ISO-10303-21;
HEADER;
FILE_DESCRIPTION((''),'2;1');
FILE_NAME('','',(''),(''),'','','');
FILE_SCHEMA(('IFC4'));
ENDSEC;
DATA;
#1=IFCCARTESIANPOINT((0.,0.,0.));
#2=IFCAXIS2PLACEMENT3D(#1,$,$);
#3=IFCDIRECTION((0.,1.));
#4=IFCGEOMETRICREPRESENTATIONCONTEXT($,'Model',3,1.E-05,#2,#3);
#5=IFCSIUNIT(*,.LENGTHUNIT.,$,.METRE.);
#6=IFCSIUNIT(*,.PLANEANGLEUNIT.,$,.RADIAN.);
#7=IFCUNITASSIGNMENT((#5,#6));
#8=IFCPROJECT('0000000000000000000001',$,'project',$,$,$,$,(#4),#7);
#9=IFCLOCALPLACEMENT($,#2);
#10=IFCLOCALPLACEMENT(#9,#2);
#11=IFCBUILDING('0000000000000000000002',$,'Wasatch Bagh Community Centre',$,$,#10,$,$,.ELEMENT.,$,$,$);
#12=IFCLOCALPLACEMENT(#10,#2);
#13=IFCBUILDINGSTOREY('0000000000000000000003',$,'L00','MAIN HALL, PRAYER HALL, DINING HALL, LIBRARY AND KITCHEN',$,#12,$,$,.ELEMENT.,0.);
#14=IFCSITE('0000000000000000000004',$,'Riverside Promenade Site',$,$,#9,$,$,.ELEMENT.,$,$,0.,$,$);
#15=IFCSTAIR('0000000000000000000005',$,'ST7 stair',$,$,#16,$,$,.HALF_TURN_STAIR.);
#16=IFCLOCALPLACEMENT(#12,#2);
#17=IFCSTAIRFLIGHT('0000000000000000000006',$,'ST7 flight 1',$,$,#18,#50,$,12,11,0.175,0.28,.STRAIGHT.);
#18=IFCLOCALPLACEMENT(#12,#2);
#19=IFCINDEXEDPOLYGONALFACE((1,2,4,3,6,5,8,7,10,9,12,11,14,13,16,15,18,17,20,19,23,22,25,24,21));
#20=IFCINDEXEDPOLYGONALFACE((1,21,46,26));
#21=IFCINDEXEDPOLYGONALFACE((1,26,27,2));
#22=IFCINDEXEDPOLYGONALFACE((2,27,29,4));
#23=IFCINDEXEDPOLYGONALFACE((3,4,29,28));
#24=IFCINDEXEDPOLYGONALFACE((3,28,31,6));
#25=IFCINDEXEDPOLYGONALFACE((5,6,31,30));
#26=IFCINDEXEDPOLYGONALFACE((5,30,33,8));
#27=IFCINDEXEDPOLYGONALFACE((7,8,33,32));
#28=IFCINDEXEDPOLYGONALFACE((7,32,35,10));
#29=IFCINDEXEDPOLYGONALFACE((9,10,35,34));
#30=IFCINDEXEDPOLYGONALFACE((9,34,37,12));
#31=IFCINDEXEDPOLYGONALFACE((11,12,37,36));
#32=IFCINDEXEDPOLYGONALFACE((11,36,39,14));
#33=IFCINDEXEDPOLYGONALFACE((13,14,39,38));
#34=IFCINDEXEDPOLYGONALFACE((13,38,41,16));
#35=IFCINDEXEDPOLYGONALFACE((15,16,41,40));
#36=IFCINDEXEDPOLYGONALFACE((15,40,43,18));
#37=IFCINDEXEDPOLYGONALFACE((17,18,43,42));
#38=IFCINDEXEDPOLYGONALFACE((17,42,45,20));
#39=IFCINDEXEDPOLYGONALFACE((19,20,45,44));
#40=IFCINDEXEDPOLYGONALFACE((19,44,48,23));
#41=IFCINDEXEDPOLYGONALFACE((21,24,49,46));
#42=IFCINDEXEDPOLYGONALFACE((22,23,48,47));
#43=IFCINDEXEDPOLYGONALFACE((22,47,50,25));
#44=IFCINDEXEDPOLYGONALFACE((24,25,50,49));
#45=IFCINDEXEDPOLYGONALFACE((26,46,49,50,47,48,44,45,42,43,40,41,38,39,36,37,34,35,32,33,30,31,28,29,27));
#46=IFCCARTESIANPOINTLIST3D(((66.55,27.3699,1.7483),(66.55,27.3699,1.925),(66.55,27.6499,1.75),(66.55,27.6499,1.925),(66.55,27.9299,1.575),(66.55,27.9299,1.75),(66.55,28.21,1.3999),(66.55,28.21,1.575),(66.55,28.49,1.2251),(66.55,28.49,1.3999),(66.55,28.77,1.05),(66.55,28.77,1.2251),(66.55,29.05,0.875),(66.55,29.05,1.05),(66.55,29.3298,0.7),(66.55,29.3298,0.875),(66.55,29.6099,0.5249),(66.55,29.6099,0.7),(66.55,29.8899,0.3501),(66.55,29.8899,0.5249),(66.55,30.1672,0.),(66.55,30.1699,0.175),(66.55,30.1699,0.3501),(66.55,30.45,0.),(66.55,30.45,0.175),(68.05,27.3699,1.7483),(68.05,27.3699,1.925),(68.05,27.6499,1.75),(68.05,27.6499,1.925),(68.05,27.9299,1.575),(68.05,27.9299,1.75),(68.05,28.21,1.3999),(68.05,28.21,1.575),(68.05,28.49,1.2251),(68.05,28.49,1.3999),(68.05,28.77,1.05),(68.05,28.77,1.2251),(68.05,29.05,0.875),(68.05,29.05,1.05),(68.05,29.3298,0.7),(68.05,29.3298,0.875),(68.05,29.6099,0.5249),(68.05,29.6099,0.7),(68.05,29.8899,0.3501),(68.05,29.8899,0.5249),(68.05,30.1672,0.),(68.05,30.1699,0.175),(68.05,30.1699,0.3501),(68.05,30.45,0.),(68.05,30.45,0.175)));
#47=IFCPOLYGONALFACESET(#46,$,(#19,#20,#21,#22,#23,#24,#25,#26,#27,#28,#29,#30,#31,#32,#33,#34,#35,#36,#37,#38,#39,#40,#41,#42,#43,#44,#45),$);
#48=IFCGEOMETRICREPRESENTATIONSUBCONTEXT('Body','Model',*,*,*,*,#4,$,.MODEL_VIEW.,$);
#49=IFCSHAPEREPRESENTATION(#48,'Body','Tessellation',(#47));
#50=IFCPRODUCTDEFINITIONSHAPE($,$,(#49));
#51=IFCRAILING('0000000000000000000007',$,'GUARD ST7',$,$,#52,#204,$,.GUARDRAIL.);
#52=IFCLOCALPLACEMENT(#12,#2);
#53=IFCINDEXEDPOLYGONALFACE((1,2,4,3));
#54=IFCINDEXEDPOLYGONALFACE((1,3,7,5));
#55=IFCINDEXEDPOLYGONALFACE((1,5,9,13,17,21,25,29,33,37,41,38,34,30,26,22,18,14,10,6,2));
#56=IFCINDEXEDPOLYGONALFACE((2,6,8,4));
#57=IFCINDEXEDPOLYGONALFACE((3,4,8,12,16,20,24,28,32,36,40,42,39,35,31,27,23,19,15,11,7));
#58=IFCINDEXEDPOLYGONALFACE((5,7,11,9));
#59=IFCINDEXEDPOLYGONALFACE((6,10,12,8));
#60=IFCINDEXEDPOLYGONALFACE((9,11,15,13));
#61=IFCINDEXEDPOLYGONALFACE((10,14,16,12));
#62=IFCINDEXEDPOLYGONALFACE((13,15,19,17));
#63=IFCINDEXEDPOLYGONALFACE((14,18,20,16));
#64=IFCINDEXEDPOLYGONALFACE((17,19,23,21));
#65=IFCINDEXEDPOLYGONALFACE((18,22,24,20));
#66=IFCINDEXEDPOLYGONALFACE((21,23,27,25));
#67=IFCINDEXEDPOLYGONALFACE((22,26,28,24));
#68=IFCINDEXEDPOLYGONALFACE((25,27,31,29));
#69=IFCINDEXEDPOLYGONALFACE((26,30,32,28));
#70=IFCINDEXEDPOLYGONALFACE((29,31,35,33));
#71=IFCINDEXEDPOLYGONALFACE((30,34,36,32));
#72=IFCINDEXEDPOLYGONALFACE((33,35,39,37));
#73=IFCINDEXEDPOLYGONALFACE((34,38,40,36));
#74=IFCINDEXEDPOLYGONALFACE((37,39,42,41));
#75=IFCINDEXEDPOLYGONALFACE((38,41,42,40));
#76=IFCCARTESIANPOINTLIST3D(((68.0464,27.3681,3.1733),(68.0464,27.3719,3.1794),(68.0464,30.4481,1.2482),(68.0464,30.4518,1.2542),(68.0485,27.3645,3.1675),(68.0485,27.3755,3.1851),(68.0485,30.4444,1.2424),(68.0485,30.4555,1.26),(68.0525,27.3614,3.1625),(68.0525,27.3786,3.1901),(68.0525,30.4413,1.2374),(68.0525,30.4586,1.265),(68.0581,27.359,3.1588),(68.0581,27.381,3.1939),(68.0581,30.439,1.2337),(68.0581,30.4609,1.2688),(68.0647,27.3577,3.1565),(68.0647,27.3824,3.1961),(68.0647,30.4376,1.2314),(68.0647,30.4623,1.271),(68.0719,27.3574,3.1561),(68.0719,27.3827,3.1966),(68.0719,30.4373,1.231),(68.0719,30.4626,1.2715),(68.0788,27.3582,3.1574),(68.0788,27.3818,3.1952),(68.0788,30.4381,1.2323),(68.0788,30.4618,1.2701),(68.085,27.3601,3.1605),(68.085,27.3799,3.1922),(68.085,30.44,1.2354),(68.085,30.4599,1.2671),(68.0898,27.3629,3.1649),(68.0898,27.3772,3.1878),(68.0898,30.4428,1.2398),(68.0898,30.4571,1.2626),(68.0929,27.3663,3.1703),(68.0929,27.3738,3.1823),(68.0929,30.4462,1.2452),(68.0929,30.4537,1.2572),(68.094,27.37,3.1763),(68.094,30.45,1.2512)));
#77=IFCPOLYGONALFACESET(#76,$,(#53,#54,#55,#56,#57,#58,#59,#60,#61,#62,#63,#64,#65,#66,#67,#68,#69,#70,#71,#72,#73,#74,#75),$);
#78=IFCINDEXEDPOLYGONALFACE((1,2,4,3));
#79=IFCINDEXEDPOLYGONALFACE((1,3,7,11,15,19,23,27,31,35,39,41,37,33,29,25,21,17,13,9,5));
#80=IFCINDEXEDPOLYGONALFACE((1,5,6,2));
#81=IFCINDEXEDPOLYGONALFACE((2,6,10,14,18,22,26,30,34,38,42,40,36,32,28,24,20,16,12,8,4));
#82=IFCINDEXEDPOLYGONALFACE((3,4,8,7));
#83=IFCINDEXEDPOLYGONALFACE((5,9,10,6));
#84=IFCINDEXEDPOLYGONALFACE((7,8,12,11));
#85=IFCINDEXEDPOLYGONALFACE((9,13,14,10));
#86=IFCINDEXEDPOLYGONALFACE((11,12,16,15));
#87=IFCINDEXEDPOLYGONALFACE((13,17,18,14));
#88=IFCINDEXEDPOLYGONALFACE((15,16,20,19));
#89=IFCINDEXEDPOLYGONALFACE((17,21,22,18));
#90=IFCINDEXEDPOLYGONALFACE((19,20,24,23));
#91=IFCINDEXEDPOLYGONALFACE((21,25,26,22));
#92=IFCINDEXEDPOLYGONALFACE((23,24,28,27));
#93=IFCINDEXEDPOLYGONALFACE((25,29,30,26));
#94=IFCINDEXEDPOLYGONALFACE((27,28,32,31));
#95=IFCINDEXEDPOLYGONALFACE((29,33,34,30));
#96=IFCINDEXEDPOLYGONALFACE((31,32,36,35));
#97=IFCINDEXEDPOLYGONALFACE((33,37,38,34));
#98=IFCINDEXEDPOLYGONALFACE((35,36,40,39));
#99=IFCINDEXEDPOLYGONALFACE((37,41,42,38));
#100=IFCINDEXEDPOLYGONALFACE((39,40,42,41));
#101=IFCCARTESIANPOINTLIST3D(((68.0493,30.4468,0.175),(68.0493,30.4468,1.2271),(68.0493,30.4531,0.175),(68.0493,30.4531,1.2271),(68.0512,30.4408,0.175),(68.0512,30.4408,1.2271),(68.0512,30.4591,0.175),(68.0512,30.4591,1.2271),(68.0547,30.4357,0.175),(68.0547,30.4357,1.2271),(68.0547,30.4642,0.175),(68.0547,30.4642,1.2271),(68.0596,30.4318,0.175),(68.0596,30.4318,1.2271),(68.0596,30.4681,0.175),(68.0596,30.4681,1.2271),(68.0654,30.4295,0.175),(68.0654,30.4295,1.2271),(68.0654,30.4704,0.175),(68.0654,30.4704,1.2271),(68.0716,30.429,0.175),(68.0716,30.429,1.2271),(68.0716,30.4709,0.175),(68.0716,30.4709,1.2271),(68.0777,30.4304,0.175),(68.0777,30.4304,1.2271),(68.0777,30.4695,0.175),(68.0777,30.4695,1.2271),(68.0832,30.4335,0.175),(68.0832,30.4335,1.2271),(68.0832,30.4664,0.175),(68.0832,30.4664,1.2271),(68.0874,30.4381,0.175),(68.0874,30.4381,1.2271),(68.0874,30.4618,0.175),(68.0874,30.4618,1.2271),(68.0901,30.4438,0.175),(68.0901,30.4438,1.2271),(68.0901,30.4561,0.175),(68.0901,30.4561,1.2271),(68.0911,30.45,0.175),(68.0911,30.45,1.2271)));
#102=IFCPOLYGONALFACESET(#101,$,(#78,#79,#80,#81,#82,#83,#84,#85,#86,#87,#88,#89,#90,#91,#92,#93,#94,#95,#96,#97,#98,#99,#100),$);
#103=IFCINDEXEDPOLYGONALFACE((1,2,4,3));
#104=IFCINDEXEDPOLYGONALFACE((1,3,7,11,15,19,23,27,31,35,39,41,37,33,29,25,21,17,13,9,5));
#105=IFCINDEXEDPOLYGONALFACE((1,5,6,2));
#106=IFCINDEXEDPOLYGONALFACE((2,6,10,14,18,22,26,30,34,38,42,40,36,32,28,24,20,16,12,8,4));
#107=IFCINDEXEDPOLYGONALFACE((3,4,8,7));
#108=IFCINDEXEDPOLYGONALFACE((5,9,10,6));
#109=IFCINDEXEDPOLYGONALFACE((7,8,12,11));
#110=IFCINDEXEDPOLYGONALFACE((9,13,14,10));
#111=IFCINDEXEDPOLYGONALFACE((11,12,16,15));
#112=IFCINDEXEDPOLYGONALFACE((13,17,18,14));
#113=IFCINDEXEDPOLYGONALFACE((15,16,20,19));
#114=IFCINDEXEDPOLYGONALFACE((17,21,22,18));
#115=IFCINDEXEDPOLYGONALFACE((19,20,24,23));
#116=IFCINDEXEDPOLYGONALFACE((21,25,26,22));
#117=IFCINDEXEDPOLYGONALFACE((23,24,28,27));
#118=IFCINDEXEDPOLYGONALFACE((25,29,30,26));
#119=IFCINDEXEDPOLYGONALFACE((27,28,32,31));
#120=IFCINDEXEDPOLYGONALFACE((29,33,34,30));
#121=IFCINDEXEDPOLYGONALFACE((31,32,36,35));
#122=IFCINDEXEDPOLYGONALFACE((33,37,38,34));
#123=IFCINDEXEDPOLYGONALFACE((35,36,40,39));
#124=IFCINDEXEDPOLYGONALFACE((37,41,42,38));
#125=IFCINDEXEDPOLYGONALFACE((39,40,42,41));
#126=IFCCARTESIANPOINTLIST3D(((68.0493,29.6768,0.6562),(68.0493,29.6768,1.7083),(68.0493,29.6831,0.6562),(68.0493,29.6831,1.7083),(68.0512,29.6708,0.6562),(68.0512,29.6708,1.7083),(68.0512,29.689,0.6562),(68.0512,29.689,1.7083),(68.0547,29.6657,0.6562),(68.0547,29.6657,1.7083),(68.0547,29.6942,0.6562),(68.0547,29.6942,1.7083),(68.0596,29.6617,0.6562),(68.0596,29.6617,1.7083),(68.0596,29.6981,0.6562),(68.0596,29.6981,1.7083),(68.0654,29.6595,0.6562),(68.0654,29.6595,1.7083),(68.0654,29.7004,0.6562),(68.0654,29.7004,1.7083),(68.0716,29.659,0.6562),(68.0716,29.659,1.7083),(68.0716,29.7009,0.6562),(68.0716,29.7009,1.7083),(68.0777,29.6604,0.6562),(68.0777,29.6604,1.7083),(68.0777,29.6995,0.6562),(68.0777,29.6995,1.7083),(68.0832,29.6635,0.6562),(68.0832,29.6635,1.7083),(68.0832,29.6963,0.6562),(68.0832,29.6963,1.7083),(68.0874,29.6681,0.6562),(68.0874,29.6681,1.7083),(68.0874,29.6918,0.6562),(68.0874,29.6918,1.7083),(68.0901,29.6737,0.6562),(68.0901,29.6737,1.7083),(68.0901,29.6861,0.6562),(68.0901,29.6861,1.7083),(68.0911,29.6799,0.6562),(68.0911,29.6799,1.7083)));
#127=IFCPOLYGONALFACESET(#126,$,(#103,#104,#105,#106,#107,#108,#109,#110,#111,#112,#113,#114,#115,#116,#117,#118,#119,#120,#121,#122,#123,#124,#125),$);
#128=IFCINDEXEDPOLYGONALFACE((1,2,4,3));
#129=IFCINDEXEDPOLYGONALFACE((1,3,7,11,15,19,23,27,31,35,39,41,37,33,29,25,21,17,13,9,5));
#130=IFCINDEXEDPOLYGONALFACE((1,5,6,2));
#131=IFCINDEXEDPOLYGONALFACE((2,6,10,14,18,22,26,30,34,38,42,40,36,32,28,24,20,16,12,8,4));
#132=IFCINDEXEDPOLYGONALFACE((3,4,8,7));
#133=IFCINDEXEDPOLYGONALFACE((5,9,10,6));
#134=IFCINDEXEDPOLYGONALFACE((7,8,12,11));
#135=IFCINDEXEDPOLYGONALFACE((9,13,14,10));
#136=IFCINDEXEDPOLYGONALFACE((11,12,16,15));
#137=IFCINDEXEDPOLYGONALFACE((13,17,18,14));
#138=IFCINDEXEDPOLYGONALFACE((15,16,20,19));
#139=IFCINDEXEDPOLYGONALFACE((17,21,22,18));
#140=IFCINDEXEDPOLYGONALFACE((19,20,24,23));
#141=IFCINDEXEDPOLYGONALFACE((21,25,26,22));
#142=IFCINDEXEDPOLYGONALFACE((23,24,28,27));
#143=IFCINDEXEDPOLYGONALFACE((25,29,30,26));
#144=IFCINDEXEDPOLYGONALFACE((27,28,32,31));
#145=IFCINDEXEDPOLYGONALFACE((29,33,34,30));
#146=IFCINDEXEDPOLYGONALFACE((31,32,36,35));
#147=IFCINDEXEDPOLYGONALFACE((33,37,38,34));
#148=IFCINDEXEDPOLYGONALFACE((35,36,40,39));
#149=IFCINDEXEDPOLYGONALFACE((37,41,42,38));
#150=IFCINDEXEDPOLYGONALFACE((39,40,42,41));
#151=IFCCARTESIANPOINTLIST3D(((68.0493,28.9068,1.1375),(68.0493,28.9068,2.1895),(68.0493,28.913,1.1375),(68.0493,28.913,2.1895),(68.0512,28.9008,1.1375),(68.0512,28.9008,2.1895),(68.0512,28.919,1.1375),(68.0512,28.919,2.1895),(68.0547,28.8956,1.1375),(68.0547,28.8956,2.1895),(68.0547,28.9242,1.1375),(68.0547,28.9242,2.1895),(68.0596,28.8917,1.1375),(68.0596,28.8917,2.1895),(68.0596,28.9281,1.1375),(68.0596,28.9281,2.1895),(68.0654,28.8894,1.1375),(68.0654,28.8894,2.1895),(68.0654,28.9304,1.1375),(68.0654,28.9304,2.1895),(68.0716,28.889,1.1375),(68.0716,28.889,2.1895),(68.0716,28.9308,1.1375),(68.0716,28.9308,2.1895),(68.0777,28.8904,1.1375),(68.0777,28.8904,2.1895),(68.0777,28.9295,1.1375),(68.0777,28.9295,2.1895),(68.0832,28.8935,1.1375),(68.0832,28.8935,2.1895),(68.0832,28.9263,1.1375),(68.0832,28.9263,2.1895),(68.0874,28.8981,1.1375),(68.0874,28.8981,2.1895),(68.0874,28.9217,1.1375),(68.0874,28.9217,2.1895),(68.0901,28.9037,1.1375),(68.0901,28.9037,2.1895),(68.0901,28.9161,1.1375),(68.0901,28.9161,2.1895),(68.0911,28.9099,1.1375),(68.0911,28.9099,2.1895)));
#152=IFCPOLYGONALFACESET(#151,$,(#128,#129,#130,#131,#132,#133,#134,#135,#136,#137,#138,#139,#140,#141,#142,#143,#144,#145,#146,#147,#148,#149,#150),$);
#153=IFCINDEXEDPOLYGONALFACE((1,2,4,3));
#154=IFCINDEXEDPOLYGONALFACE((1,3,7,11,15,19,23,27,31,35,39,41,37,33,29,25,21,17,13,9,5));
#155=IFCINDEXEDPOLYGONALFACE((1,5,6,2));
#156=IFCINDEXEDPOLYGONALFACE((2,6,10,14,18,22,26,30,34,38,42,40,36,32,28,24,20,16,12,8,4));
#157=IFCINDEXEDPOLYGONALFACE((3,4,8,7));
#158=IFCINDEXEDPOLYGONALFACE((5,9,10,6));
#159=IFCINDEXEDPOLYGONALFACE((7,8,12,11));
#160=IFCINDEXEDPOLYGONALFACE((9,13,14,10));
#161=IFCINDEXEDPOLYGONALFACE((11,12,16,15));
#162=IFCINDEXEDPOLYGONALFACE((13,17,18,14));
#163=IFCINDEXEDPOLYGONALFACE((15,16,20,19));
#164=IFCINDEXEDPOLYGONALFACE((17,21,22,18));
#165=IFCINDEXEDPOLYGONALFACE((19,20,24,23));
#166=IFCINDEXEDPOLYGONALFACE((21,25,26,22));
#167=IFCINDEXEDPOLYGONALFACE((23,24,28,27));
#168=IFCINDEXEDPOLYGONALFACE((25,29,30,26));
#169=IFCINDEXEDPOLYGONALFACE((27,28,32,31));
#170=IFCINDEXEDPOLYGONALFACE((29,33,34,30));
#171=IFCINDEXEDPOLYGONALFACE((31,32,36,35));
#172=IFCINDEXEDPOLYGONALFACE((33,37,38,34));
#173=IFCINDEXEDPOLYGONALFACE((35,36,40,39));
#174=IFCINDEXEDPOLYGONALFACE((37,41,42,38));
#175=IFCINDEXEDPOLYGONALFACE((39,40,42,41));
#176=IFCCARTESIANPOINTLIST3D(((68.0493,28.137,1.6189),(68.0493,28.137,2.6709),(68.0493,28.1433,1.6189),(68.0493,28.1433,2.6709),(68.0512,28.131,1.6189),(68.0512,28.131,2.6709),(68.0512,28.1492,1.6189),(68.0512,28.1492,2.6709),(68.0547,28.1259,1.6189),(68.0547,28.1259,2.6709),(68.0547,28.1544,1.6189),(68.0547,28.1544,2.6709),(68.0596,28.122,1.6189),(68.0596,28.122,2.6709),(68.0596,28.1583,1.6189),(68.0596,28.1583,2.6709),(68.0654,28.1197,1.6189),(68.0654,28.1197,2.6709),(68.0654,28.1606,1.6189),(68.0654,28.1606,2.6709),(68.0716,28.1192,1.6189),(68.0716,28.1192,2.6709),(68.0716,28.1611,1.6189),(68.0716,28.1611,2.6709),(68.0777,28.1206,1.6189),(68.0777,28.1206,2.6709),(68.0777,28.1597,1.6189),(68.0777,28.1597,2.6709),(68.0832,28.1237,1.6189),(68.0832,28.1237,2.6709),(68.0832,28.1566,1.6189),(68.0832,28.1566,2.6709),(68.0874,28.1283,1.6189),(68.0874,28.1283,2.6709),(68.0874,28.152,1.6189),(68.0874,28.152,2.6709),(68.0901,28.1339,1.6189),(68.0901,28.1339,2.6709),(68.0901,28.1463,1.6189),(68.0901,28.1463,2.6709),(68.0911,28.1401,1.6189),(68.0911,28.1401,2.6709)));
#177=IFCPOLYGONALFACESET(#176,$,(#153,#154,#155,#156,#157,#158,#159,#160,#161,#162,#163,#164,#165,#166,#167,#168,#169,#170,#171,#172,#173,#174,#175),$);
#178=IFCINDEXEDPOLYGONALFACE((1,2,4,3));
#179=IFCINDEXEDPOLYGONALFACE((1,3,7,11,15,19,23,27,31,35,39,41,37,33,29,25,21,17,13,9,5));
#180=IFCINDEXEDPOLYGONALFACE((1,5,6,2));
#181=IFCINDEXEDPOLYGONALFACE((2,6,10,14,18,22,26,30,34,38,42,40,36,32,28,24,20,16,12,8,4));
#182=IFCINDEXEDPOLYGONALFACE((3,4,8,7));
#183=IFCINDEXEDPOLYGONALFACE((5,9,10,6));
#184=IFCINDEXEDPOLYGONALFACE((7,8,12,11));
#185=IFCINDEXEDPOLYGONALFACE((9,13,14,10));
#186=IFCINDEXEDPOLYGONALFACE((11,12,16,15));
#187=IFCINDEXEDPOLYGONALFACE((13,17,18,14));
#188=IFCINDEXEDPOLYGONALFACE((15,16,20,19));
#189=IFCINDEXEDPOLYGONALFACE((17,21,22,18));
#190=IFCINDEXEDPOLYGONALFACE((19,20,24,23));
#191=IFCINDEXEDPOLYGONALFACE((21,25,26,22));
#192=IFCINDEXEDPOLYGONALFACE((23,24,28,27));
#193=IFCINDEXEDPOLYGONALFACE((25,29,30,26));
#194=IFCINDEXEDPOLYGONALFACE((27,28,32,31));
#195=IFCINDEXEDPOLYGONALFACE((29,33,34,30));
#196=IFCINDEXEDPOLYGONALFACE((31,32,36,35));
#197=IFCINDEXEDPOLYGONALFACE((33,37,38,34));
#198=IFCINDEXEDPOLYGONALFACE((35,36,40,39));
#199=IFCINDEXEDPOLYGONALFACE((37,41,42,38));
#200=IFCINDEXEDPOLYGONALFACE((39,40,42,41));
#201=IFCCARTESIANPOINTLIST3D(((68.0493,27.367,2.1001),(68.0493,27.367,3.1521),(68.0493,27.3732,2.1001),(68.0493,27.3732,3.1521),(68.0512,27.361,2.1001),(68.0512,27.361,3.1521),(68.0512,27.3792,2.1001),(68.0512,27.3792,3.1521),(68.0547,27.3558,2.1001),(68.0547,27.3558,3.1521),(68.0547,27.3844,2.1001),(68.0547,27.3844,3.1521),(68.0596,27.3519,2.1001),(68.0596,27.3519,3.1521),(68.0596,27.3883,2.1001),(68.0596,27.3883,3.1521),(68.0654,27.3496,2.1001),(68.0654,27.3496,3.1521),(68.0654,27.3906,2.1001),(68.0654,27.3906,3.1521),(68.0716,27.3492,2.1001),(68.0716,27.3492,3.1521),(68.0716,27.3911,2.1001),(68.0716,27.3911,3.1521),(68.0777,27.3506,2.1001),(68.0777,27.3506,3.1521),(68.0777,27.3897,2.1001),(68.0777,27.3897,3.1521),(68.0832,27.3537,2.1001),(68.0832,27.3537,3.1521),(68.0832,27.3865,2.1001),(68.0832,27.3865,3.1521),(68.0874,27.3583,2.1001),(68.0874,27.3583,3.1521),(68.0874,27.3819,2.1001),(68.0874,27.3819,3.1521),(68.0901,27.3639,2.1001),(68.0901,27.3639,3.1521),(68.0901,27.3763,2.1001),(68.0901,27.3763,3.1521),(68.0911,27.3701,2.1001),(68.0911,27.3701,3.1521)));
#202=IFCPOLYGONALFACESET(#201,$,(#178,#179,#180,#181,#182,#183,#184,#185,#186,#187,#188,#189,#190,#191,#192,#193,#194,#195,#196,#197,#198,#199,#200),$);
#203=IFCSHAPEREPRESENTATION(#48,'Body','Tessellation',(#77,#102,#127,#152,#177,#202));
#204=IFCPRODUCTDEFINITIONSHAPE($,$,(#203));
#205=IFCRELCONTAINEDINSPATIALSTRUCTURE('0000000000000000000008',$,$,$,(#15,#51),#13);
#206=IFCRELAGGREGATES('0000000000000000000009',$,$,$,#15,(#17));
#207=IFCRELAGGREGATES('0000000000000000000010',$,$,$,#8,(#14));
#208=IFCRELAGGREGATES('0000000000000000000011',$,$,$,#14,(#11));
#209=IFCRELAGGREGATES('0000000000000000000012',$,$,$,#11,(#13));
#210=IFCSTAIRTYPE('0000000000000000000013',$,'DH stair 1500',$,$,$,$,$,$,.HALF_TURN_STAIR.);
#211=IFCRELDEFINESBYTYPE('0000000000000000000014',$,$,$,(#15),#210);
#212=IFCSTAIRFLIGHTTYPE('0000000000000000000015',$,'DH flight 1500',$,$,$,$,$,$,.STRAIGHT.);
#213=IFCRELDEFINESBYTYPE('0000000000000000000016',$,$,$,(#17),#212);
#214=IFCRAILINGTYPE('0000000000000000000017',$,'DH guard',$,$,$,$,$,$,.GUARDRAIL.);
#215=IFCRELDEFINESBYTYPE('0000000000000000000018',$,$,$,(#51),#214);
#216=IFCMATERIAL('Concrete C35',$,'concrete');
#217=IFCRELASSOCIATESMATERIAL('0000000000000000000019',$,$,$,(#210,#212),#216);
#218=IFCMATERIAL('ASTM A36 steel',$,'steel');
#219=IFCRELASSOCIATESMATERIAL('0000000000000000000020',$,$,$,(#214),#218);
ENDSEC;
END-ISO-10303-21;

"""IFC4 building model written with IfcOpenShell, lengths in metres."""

from ifc_helpers import new_model, si_unit, direction, frame, origin, origin_2d, place, context, subcontext, project, spatial, polyline, circle, outline, extrude, material, type_object, element, aggregate, save


model = new_model("IFC4")

# Units and contexts
model_context = context("Model", 3, precision=1e-05, world=origin(), true_north=direction((0.0, 1.0)))
body_context = subcontext(model_context, "Body", "Model", "MODEL_VIEW")
ifc_project = project(units=[si_unit("LENGTHUNIT", "METRE"), si_unit("PLANEANGLEUNIT", "RADIAN")], contexts=[model_context])

# Site, building, storey
site_placement = place(None, origin())
site = spatial("IfcSite", under=ifc_project, at=site_placement, Name="Riverside Promenade Site", CompositionType="ELEMENT", RefElevation=0.0)
building_placement = place(site_placement, origin())
building = spatial("IfcBuilding", under=site, at=building_placement, Name="Wasatch Bagh Community Centre", CompositionType="ELEMENT")
storey_placement = place(building_placement, origin())
storey = spatial("IfcBuildingStorey", under=building, at=storey_placement, Name="L00", Description="MAIN HALL, PRAYER HALL, DINING HALL, LIBRARY AND KITCHEN", CompositionType="ELEMENT", Elevation=0.0)

# Shared definitions
ifc_material_1 = material(Name="Concrete C35", Category="concrete")

# Stair, stair flight
stair_type = type_object("IfcStairType", Name="DH stair 1500", PredefinedType="HALF_TURN_STAIR", material=ifc_material_1)
stair_placement = place(storey_placement, origin())
stair = element("IfcStair", 1, at=stair_placement, inside=storey, type_object=stair_type, Name="ST7 stair", PredefinedType="HALF_TURN_STAIR")
stair_flight_type = type_object("IfcStairFlightType", Name="DH flight 1500", PredefinedType="STRAIGHT", material=ifc_material_1)
stair_flight_placement = place(storey_placement, frame((67.3, 30.45, 0.0), z_axis=(0.0, 0.0, 1.0), x_axis=(0.0, -1.0, 0.0)))
stair_flight = element("IfcStairFlight", 2, at=stair_flight_placement, type_object=stair_flight_type, Name="ST7 flight 1", NumberOfRisers=12, NumberOfTreads=11, PredefinedType="STRAIGHT", RiserHeight=0.175, TreadLength=0.28, context=body_context, shape_type="SweptSolid", body=[
    extrude(outline(polyline([(0.0, 0.0), (0.0, 0.175), (0.28, 0.175), (0.28, 0.3501), (0.5601, 0.3501), (0.5601, 0.5249), (0.8401, 0.5249), (0.8401, 0.7), (1.1201, 0.7), (1.1201, 0.875), (1.3999, 0.875), (1.3999, 1.05), (1.6799, 1.05), (1.6799, 1.2251), (1.96, 1.2251), (1.96, 1.3999), (2.24, 1.3999), (2.24, 1.575), (2.52, 1.575), (2.52, 1.75), (2.8, 1.75), (2.8, 1.925), (3.0801, 1.925), (3.0801, 2.1001), (3.0801, 1.7483), (0.2827, 0.0), (0.0, 0.0)])), frame((0.0, 0.75, 0.0), z_axis=(0.0, -1.0, 0.0), x_axis=(1.0, 0.0, 0.0)), (0.0, 0.0, 1.0), 1.5),
])
aggregate(stair, [stair_flight])

# Railing
ifc_material_2 = material(Name="ASTM A36 steel", Category="steel")
railing_type_1 = type_object("IfcRailingType", Name="DH guard", PredefinedType="GUARDRAIL", material=ifc_material_2)
for number, where, name in (
    (3, (68.0701, 30.45, 0.175), "GUARD ST7"),
):
    element("IfcRailing", number, at=place(storey_placement, frame(where)), inside=storey, type_object=railing_type_1, Name=name, PredefinedType="GUARDRAIL", context=body_context, shape_type="SweptSolid", body=[
        extrude(circle(Radius=0.0239, at=origin_2d()), frame((0.0, 0.0, 1.0762), z_axis=(0.0, -0.847979, 0.530029), x_axis=(1.0, 0.0, 0.0)), (0.0, 0.0, 1.0), 3.6321),
        extrude(circle(Radius=0.021, at=origin_2d()), origin(), (0.0, 0.0, 1.0), 1.052),
        extrude(circle(Radius=0.021, at=origin_2d()), frame((0.0, -0.77, 0.4812)), (0.0, 0.0, 1.0), 1.052),
        extrude(circle(Radius=0.021, at=origin_2d()), frame((0.0, -1.54, 0.9624)), (0.0, 0.0, 1.0), 1.052),
        extrude(circle(Radius=0.021, at=origin_2d()), frame((0.0, -2.3098, 1.4438)), (0.0, 0.0, 1.0), 1.052),
        extrude(circle(Radius=0.021, at=origin_2d()), frame((0.0, -3.0798, 1.925)), (0.0, 0.0, 1.0), 1.052),
    ])

save(model, "model.ifc")
